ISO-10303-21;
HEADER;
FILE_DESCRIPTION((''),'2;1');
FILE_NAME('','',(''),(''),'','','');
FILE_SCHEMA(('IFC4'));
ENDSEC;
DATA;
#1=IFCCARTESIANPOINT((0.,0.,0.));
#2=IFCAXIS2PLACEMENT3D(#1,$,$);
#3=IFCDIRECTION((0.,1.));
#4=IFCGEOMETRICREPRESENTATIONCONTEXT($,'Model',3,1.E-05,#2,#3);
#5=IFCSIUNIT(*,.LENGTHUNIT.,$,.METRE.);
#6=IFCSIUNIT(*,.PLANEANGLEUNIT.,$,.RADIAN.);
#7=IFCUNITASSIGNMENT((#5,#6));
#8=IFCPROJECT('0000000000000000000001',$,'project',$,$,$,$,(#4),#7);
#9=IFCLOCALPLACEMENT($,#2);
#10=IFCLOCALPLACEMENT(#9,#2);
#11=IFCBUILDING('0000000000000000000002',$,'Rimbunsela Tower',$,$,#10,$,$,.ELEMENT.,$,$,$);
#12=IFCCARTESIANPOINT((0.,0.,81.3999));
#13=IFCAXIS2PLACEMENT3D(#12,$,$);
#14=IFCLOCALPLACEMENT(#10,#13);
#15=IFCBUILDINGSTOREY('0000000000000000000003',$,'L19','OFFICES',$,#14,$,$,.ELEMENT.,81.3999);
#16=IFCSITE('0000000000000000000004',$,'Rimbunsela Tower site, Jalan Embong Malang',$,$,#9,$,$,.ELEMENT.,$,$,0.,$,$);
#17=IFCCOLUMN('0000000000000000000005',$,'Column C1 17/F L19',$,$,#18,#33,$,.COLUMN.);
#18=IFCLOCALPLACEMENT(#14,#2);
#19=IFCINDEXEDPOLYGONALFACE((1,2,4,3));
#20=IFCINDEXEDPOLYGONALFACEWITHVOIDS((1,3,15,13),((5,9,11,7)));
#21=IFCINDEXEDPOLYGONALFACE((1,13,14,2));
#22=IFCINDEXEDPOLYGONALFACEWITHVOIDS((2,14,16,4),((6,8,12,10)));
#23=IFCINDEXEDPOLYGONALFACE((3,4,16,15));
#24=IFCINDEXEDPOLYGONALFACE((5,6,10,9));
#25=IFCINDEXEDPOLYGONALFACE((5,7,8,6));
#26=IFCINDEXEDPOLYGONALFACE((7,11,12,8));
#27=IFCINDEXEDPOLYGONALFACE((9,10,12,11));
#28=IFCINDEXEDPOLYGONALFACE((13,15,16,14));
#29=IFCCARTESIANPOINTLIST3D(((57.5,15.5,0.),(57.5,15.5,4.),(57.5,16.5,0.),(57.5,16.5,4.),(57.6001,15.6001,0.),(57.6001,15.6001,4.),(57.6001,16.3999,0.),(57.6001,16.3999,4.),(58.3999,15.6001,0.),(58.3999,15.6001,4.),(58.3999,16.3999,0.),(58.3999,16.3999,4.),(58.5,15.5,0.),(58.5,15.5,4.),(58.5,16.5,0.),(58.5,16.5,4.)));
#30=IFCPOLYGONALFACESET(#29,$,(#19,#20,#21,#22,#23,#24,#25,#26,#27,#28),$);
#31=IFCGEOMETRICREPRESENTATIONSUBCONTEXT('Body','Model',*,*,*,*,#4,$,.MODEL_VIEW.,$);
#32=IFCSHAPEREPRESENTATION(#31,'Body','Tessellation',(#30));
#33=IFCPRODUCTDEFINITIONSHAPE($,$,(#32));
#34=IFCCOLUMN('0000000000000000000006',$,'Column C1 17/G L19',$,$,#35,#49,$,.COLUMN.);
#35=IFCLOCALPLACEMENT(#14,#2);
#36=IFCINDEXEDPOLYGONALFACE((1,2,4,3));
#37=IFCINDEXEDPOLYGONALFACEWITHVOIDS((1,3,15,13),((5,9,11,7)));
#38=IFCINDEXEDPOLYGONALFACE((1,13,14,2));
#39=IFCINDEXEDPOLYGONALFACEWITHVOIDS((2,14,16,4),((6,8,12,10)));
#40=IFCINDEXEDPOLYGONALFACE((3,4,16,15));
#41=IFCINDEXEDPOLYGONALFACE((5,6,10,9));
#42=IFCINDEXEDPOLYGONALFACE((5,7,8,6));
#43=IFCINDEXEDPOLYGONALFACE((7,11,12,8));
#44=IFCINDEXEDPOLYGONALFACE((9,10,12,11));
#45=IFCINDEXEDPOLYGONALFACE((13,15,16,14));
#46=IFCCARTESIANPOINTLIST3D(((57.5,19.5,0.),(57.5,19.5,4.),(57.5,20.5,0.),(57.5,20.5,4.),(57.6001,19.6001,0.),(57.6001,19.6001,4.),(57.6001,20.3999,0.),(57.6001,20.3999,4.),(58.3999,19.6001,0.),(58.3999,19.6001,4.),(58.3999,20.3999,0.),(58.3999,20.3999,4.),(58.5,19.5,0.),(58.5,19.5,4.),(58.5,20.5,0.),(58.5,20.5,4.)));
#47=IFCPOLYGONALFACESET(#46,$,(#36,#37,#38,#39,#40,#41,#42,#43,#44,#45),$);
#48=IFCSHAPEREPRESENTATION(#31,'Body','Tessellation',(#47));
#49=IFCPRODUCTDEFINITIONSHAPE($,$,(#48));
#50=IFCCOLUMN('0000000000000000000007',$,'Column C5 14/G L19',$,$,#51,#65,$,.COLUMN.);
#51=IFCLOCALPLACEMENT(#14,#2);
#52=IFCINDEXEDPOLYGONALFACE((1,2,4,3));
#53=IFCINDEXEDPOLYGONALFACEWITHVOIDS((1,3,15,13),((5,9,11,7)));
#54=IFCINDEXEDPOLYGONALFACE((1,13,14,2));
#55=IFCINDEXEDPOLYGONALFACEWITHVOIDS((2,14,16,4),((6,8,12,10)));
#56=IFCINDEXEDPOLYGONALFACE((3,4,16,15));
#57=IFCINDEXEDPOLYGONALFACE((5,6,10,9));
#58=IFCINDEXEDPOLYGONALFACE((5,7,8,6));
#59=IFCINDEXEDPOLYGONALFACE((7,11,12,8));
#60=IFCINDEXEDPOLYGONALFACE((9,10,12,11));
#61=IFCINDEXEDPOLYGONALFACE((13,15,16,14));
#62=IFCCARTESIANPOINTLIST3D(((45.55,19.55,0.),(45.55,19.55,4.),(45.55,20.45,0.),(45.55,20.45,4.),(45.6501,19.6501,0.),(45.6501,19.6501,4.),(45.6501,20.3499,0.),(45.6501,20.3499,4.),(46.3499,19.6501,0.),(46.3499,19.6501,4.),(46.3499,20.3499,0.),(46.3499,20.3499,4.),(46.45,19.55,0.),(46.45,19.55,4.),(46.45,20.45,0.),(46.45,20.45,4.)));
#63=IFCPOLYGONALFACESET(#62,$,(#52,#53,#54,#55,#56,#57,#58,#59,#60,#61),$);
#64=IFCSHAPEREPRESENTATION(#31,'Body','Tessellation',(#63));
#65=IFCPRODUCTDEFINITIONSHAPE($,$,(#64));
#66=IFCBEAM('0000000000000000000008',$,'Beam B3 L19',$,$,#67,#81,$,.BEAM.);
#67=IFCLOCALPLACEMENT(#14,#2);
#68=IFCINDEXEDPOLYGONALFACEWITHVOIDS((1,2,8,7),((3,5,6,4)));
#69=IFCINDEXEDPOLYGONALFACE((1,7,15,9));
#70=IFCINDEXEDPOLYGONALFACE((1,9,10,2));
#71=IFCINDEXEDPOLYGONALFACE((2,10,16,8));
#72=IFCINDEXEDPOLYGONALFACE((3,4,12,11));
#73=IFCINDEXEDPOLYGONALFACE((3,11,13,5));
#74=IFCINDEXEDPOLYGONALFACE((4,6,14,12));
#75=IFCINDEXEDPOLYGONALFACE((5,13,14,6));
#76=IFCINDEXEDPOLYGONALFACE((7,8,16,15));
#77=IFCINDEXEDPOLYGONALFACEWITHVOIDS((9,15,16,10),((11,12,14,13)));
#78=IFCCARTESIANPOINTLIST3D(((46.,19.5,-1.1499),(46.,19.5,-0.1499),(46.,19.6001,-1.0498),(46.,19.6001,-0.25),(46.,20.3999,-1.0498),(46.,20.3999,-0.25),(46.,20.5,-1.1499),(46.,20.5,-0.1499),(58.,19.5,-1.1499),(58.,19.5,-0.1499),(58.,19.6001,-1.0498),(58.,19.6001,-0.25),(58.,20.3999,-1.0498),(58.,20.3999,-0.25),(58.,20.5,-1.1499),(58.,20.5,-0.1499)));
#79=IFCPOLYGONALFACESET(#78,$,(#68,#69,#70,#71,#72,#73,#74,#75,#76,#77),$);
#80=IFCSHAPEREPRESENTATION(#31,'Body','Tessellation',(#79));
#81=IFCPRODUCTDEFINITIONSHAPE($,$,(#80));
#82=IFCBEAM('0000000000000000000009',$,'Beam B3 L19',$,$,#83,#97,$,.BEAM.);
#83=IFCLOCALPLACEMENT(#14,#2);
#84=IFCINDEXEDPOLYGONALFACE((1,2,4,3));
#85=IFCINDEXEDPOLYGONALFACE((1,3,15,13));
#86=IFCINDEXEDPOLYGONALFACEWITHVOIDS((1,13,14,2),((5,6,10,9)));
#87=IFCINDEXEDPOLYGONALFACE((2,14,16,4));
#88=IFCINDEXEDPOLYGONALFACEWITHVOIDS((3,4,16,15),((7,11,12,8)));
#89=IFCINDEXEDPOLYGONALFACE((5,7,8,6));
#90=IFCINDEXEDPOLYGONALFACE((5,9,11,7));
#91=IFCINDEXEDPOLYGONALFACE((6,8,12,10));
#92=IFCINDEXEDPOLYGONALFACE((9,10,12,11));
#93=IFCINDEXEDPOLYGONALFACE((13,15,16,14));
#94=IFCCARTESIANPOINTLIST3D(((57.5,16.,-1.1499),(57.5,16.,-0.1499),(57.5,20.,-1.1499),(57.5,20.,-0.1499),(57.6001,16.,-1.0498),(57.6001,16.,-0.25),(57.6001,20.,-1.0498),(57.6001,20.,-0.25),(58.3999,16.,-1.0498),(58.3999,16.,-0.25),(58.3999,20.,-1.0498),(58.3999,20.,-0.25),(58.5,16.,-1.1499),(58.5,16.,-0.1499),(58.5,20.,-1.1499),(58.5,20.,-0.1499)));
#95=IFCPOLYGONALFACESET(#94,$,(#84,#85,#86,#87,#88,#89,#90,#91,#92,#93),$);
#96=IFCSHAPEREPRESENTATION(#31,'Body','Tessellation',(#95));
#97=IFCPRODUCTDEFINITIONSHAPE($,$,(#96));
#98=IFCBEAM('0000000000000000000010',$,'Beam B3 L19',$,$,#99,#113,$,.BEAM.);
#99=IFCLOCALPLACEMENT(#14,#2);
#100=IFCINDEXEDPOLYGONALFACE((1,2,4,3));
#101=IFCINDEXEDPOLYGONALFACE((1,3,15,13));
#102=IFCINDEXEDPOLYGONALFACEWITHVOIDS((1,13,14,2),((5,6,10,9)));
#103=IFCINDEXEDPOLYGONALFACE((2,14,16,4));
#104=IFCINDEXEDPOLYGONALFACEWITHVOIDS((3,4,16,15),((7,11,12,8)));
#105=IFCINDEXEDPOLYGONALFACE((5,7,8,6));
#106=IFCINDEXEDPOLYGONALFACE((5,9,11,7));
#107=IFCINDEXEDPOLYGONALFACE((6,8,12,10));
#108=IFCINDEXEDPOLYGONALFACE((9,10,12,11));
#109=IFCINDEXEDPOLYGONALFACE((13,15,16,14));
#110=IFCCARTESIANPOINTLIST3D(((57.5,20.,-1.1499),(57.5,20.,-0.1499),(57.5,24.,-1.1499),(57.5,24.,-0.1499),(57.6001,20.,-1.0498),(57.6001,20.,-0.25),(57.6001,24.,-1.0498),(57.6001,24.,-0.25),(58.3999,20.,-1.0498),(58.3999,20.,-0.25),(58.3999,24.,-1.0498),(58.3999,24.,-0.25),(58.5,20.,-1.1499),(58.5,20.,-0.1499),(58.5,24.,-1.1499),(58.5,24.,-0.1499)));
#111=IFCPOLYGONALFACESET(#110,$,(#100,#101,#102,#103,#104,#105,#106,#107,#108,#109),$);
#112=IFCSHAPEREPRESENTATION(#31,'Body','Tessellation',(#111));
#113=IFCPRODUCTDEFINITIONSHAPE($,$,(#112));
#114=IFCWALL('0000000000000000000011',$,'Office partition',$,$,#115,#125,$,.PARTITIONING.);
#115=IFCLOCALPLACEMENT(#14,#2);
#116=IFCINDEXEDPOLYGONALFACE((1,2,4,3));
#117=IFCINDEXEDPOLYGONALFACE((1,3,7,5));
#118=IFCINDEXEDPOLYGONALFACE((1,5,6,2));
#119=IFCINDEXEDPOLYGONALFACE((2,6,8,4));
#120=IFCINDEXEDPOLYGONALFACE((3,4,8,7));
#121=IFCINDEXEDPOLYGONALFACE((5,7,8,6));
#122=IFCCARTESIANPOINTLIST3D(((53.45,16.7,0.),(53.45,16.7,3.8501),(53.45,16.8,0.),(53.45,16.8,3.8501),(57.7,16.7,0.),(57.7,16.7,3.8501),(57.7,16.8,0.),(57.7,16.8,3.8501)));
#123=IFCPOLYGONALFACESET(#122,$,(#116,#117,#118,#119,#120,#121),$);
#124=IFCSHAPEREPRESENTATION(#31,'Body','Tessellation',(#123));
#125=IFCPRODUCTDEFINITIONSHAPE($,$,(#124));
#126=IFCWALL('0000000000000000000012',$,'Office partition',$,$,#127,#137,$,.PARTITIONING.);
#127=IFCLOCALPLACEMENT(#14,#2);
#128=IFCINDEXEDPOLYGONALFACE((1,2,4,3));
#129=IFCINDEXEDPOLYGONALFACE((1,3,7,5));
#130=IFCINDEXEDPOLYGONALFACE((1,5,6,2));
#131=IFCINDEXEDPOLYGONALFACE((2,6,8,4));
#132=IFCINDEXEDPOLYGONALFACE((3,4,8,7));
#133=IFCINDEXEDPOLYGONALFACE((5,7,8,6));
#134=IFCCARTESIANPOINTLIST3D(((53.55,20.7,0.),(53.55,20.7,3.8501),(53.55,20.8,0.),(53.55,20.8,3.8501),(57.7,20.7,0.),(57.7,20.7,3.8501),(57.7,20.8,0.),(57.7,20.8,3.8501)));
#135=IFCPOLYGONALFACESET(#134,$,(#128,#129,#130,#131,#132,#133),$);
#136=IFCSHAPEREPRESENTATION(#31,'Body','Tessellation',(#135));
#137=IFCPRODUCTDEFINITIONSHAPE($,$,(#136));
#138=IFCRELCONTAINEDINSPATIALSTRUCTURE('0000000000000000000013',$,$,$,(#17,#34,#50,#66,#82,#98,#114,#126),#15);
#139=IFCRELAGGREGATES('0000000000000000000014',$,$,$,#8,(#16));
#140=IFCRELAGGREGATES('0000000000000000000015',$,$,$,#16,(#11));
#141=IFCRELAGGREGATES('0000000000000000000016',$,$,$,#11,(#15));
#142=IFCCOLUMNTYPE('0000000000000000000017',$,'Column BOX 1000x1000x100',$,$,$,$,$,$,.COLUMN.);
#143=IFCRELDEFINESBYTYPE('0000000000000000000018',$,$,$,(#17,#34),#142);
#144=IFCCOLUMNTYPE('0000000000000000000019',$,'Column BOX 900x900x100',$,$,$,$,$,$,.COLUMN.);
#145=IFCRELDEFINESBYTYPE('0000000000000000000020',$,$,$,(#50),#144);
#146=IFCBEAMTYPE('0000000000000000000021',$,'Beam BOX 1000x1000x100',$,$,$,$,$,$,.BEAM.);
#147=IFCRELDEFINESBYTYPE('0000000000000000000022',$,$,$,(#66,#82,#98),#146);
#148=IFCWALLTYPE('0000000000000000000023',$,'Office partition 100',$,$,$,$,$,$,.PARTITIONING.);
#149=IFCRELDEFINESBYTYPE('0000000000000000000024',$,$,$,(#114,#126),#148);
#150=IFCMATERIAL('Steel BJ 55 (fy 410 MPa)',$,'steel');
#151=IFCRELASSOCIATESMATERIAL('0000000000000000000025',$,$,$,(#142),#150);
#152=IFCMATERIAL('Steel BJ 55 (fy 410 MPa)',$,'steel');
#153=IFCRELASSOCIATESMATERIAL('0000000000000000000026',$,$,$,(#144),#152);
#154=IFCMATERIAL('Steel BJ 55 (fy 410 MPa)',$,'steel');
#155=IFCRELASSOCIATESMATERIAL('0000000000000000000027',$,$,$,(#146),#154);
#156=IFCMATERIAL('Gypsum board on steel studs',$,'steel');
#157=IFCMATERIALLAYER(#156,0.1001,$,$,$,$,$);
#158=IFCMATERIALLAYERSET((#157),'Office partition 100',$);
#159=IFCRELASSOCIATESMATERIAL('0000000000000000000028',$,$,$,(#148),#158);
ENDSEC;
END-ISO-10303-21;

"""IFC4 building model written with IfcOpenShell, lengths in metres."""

from ifc_helpers import new_model, si_unit, direction, frame, frame_2d, origin, origin_2d, place, context, subcontext, project, spatial, rectangle, hollow_rectangle, extrude, material, layer, layer_set, material_profile, profile_set, type_object, element, save


model = new_model("IFC4")

# Units and contexts
model_context = context("Model", 3, precision=1e-05, world=origin(), true_north=direction((0.0, 1.0)))
body_context = subcontext(model_context, "Body", "Model", "MODEL_VIEW")
ifc_project = project(units=[si_unit("LENGTHUNIT", "METRE"), si_unit("PLANEANGLEUNIT", "RADIAN")], contexts=[model_context])

# Site, building, storey
site_placement = place(None, origin())
site = spatial("IfcSite", under=ifc_project, at=site_placement, Name="Rimbunsela Tower site, Jalan Embong Malang", CompositionType="ELEMENT", RefElevation=0.0)
building_placement = place(site_placement, origin())
building = spatial("IfcBuilding", under=site, at=building_placement, Name="Rimbunsela Tower", CompositionType="ELEMENT")
storey_placement = place(building_placement, frame((0.0, 0.0, 81.3999)))
storey = spatial("IfcBuildingStorey", under=building, at=storey_placement, Name="L19", Description="OFFICES", CompositionType="ELEMENT", Elevation=81.3999)

# Columns
ifc_material_1 = material(Name="Steel BJ 55 (fy 410 MPa)", Category="steel")
ifc_material_profile_1 = material_profile(ifc_material_1, hollow_rectangle(XDim=1.0, YDim=1.0, WallThickness=0.1001, at=origin_2d()), Name="BOX 1000x1000x100")
ifc_profile_set_1 = profile_set([ifc_material_profile_1], Name="Steel BJ 55 (fy 410 MPa)")
column_type_1 = type_object("IfcColumnType", Name="Column BOX 1000x1000x100", PredefinedType="COLUMN", material=ifc_profile_set_1)
for number, where, z_axis, x_axis, name in (
    (1, (58.0, 16.0, 0.0), (0.0, 0.0, 1.0), (1.0, 0.0, 0.0), "Column C1 17/F L19"),
    (2, (58.0, 20.0, 0.0), (0.0, 0.0, 1.0), (1.0, 0.0, 0.0), "Column C1 17/G L19"),
):
    element("IfcColumn", number, at=place(storey_placement, frame(where, z_axis=z_axis, x_axis=x_axis)), inside=storey, type_object=column_type_1, Name=name, PredefinedType="COLUMN", context=body_context, shape_type="SweptSolid", body=[
        extrude(hollow_rectangle(XDim=1.0, YDim=1.0, WallThickness=0.1001, at=origin_2d()), origin(), (0.0, 0.0, 1.0), 4.0),
    ])
ifc_material_2 = material(Name="Steel BJ 55 (fy 410 MPa)", Category="steel")
ifc_material_profile_2 = material_profile(ifc_material_2, hollow_rectangle(XDim=0.8999, YDim=0.8999, WallThickness=0.1001, at=origin_2d()), Name="BOX 900x900x100")
ifc_profile_set_2 = profile_set([ifc_material_profile_2], Name="Steel BJ 55 (fy 410 MPa)")
column_type_2 = type_object("IfcColumnType", Name="Column BOX 900x900x100", PredefinedType="COLUMN", material=ifc_profile_set_2)
column_placement = place(storey_placement, frame((46.0, 20.0, 0.0), z_axis=(0.0, 0.0, 1.0), x_axis=(1.0, 0.0, 0.0)))
element("IfcColumn", 3, at=column_placement, inside=storey, type_object=column_type_2, Name="Column C5 14/G L19", PredefinedType="COLUMN", context=body_context, shape_type="SweptSolid", body=[
    extrude(hollow_rectangle(XDim=0.8999, YDim=0.8999, WallThickness=0.1001, at=origin_2d()), origin(), (0.0, 0.0, 1.0), 4.0),
])

# Beams
ifc_material_3 = material(Name="Steel BJ 55 (fy 410 MPa)", Category="steel")
ifc_material_profile_3 = material_profile(ifc_material_3, hollow_rectangle(XDim=1.0, YDim=1.0, WallThickness=0.1001, at=origin_2d()), Name="BOX 1000x1000x100")
ifc_profile_set_3 = profile_set([ifc_material_profile_3], Name="Steel BJ 55 (fy 410 MPa)")
beam_type = type_object("IfcBeamType", Name="Beam BOX 1000x1000x100", PredefinedType="BEAM", material=ifc_profile_set_3)
beam_placement = place(storey_placement, frame((46.0, 20.0, -0.6499), z_axis=(1.0, 0.0, 0.0), x_axis=(0.0, 1.0, 0.0)))
element("IfcBeam", 4, at=beam_placement, inside=storey, type_object=beam_type, Name="Beam B3 L19", PredefinedType="BEAM", context=body_context, shape_type="SweptSolid", body=[
    extrude(hollow_rectangle(XDim=1.0, YDim=1.0, WallThickness=0.1001, at=origin_2d()), origin(), (0.0, 0.0, 1.0), 12.0),
])
for number, where, z_axis, x_axis, name in (
    (5, (58.0, 16.0, -0.6499), (0.0, 1.0, 0.0), (-1.0, 0.0, 0.0), "Beam B3 L19"),
    (6, (58.0, 20.0, -0.6499), (0.0, 1.0, 0.0), (-1.0, 0.0, 0.0), "Beam B3 L19"),
):
    element("IfcBeam", number, at=place(storey_placement, frame(where, z_axis=z_axis, x_axis=x_axis)), inside=storey, type_object=beam_type, Name=name, PredefinedType="BEAM", context=body_context, shape_type="SweptSolid", body=[
        extrude(hollow_rectangle(XDim=1.0, YDim=1.0, WallThickness=0.1001, at=origin_2d()), origin(), (0.0, 0.0, 1.0), 4.0),
    ])

# Walls
ifc_material_4 = material(Name="Gypsum board on steel studs", Category="steel")
ifc_layer_1 = layer(ifc_material_4, 0.1001)
ifc_layer_set_1 = layer_set([ifc_layer_1], Name="Office partition 100")
wall_type_1 = type_object("IfcWallType", Name="Office partition 100", PredefinedType="PARTITIONING", material=ifc_layer_set_1)
wall_1_placement = place(storey_placement, frame((53.45, 16.75, 0.0), z_axis=(0.0, 0.0, 1.0), x_axis=(1.0, 0.0, 0.0)))
element("IfcWall", 7, at=wall_1_placement, inside=storey, type_object=wall_type_1, Name="Office partition", PredefinedType="PARTITIONING", context=body_context, shape_type="SweptSolid", body=[
    extrude(rectangle(XDim=4.25, YDim=0.1001, at=frame_2d((2.125, 0.0))), origin(), (0.0, 0.0, 1.0), 3.8501),
])
wall_2_placement = place(storey_placement, frame((53.55, 20.75, 0.0), z_axis=(0.0, 0.0, 1.0), x_axis=(1.0, 0.0, 0.0)))
element("IfcWall", 8, at=wall_2_placement, inside=storey, type_object=wall_type_1, Name="Office partition", PredefinedType="PARTITIONING", context=body_context, shape_type="SweptSolid", body=[
    extrude(rectangle(XDim=4.1499, YDim=0.1001, at=frame_2d((2.075, 0.0))), origin(), (0.0, 0.0, 1.0), 3.8501),
])

save(model, "model.ifc")
